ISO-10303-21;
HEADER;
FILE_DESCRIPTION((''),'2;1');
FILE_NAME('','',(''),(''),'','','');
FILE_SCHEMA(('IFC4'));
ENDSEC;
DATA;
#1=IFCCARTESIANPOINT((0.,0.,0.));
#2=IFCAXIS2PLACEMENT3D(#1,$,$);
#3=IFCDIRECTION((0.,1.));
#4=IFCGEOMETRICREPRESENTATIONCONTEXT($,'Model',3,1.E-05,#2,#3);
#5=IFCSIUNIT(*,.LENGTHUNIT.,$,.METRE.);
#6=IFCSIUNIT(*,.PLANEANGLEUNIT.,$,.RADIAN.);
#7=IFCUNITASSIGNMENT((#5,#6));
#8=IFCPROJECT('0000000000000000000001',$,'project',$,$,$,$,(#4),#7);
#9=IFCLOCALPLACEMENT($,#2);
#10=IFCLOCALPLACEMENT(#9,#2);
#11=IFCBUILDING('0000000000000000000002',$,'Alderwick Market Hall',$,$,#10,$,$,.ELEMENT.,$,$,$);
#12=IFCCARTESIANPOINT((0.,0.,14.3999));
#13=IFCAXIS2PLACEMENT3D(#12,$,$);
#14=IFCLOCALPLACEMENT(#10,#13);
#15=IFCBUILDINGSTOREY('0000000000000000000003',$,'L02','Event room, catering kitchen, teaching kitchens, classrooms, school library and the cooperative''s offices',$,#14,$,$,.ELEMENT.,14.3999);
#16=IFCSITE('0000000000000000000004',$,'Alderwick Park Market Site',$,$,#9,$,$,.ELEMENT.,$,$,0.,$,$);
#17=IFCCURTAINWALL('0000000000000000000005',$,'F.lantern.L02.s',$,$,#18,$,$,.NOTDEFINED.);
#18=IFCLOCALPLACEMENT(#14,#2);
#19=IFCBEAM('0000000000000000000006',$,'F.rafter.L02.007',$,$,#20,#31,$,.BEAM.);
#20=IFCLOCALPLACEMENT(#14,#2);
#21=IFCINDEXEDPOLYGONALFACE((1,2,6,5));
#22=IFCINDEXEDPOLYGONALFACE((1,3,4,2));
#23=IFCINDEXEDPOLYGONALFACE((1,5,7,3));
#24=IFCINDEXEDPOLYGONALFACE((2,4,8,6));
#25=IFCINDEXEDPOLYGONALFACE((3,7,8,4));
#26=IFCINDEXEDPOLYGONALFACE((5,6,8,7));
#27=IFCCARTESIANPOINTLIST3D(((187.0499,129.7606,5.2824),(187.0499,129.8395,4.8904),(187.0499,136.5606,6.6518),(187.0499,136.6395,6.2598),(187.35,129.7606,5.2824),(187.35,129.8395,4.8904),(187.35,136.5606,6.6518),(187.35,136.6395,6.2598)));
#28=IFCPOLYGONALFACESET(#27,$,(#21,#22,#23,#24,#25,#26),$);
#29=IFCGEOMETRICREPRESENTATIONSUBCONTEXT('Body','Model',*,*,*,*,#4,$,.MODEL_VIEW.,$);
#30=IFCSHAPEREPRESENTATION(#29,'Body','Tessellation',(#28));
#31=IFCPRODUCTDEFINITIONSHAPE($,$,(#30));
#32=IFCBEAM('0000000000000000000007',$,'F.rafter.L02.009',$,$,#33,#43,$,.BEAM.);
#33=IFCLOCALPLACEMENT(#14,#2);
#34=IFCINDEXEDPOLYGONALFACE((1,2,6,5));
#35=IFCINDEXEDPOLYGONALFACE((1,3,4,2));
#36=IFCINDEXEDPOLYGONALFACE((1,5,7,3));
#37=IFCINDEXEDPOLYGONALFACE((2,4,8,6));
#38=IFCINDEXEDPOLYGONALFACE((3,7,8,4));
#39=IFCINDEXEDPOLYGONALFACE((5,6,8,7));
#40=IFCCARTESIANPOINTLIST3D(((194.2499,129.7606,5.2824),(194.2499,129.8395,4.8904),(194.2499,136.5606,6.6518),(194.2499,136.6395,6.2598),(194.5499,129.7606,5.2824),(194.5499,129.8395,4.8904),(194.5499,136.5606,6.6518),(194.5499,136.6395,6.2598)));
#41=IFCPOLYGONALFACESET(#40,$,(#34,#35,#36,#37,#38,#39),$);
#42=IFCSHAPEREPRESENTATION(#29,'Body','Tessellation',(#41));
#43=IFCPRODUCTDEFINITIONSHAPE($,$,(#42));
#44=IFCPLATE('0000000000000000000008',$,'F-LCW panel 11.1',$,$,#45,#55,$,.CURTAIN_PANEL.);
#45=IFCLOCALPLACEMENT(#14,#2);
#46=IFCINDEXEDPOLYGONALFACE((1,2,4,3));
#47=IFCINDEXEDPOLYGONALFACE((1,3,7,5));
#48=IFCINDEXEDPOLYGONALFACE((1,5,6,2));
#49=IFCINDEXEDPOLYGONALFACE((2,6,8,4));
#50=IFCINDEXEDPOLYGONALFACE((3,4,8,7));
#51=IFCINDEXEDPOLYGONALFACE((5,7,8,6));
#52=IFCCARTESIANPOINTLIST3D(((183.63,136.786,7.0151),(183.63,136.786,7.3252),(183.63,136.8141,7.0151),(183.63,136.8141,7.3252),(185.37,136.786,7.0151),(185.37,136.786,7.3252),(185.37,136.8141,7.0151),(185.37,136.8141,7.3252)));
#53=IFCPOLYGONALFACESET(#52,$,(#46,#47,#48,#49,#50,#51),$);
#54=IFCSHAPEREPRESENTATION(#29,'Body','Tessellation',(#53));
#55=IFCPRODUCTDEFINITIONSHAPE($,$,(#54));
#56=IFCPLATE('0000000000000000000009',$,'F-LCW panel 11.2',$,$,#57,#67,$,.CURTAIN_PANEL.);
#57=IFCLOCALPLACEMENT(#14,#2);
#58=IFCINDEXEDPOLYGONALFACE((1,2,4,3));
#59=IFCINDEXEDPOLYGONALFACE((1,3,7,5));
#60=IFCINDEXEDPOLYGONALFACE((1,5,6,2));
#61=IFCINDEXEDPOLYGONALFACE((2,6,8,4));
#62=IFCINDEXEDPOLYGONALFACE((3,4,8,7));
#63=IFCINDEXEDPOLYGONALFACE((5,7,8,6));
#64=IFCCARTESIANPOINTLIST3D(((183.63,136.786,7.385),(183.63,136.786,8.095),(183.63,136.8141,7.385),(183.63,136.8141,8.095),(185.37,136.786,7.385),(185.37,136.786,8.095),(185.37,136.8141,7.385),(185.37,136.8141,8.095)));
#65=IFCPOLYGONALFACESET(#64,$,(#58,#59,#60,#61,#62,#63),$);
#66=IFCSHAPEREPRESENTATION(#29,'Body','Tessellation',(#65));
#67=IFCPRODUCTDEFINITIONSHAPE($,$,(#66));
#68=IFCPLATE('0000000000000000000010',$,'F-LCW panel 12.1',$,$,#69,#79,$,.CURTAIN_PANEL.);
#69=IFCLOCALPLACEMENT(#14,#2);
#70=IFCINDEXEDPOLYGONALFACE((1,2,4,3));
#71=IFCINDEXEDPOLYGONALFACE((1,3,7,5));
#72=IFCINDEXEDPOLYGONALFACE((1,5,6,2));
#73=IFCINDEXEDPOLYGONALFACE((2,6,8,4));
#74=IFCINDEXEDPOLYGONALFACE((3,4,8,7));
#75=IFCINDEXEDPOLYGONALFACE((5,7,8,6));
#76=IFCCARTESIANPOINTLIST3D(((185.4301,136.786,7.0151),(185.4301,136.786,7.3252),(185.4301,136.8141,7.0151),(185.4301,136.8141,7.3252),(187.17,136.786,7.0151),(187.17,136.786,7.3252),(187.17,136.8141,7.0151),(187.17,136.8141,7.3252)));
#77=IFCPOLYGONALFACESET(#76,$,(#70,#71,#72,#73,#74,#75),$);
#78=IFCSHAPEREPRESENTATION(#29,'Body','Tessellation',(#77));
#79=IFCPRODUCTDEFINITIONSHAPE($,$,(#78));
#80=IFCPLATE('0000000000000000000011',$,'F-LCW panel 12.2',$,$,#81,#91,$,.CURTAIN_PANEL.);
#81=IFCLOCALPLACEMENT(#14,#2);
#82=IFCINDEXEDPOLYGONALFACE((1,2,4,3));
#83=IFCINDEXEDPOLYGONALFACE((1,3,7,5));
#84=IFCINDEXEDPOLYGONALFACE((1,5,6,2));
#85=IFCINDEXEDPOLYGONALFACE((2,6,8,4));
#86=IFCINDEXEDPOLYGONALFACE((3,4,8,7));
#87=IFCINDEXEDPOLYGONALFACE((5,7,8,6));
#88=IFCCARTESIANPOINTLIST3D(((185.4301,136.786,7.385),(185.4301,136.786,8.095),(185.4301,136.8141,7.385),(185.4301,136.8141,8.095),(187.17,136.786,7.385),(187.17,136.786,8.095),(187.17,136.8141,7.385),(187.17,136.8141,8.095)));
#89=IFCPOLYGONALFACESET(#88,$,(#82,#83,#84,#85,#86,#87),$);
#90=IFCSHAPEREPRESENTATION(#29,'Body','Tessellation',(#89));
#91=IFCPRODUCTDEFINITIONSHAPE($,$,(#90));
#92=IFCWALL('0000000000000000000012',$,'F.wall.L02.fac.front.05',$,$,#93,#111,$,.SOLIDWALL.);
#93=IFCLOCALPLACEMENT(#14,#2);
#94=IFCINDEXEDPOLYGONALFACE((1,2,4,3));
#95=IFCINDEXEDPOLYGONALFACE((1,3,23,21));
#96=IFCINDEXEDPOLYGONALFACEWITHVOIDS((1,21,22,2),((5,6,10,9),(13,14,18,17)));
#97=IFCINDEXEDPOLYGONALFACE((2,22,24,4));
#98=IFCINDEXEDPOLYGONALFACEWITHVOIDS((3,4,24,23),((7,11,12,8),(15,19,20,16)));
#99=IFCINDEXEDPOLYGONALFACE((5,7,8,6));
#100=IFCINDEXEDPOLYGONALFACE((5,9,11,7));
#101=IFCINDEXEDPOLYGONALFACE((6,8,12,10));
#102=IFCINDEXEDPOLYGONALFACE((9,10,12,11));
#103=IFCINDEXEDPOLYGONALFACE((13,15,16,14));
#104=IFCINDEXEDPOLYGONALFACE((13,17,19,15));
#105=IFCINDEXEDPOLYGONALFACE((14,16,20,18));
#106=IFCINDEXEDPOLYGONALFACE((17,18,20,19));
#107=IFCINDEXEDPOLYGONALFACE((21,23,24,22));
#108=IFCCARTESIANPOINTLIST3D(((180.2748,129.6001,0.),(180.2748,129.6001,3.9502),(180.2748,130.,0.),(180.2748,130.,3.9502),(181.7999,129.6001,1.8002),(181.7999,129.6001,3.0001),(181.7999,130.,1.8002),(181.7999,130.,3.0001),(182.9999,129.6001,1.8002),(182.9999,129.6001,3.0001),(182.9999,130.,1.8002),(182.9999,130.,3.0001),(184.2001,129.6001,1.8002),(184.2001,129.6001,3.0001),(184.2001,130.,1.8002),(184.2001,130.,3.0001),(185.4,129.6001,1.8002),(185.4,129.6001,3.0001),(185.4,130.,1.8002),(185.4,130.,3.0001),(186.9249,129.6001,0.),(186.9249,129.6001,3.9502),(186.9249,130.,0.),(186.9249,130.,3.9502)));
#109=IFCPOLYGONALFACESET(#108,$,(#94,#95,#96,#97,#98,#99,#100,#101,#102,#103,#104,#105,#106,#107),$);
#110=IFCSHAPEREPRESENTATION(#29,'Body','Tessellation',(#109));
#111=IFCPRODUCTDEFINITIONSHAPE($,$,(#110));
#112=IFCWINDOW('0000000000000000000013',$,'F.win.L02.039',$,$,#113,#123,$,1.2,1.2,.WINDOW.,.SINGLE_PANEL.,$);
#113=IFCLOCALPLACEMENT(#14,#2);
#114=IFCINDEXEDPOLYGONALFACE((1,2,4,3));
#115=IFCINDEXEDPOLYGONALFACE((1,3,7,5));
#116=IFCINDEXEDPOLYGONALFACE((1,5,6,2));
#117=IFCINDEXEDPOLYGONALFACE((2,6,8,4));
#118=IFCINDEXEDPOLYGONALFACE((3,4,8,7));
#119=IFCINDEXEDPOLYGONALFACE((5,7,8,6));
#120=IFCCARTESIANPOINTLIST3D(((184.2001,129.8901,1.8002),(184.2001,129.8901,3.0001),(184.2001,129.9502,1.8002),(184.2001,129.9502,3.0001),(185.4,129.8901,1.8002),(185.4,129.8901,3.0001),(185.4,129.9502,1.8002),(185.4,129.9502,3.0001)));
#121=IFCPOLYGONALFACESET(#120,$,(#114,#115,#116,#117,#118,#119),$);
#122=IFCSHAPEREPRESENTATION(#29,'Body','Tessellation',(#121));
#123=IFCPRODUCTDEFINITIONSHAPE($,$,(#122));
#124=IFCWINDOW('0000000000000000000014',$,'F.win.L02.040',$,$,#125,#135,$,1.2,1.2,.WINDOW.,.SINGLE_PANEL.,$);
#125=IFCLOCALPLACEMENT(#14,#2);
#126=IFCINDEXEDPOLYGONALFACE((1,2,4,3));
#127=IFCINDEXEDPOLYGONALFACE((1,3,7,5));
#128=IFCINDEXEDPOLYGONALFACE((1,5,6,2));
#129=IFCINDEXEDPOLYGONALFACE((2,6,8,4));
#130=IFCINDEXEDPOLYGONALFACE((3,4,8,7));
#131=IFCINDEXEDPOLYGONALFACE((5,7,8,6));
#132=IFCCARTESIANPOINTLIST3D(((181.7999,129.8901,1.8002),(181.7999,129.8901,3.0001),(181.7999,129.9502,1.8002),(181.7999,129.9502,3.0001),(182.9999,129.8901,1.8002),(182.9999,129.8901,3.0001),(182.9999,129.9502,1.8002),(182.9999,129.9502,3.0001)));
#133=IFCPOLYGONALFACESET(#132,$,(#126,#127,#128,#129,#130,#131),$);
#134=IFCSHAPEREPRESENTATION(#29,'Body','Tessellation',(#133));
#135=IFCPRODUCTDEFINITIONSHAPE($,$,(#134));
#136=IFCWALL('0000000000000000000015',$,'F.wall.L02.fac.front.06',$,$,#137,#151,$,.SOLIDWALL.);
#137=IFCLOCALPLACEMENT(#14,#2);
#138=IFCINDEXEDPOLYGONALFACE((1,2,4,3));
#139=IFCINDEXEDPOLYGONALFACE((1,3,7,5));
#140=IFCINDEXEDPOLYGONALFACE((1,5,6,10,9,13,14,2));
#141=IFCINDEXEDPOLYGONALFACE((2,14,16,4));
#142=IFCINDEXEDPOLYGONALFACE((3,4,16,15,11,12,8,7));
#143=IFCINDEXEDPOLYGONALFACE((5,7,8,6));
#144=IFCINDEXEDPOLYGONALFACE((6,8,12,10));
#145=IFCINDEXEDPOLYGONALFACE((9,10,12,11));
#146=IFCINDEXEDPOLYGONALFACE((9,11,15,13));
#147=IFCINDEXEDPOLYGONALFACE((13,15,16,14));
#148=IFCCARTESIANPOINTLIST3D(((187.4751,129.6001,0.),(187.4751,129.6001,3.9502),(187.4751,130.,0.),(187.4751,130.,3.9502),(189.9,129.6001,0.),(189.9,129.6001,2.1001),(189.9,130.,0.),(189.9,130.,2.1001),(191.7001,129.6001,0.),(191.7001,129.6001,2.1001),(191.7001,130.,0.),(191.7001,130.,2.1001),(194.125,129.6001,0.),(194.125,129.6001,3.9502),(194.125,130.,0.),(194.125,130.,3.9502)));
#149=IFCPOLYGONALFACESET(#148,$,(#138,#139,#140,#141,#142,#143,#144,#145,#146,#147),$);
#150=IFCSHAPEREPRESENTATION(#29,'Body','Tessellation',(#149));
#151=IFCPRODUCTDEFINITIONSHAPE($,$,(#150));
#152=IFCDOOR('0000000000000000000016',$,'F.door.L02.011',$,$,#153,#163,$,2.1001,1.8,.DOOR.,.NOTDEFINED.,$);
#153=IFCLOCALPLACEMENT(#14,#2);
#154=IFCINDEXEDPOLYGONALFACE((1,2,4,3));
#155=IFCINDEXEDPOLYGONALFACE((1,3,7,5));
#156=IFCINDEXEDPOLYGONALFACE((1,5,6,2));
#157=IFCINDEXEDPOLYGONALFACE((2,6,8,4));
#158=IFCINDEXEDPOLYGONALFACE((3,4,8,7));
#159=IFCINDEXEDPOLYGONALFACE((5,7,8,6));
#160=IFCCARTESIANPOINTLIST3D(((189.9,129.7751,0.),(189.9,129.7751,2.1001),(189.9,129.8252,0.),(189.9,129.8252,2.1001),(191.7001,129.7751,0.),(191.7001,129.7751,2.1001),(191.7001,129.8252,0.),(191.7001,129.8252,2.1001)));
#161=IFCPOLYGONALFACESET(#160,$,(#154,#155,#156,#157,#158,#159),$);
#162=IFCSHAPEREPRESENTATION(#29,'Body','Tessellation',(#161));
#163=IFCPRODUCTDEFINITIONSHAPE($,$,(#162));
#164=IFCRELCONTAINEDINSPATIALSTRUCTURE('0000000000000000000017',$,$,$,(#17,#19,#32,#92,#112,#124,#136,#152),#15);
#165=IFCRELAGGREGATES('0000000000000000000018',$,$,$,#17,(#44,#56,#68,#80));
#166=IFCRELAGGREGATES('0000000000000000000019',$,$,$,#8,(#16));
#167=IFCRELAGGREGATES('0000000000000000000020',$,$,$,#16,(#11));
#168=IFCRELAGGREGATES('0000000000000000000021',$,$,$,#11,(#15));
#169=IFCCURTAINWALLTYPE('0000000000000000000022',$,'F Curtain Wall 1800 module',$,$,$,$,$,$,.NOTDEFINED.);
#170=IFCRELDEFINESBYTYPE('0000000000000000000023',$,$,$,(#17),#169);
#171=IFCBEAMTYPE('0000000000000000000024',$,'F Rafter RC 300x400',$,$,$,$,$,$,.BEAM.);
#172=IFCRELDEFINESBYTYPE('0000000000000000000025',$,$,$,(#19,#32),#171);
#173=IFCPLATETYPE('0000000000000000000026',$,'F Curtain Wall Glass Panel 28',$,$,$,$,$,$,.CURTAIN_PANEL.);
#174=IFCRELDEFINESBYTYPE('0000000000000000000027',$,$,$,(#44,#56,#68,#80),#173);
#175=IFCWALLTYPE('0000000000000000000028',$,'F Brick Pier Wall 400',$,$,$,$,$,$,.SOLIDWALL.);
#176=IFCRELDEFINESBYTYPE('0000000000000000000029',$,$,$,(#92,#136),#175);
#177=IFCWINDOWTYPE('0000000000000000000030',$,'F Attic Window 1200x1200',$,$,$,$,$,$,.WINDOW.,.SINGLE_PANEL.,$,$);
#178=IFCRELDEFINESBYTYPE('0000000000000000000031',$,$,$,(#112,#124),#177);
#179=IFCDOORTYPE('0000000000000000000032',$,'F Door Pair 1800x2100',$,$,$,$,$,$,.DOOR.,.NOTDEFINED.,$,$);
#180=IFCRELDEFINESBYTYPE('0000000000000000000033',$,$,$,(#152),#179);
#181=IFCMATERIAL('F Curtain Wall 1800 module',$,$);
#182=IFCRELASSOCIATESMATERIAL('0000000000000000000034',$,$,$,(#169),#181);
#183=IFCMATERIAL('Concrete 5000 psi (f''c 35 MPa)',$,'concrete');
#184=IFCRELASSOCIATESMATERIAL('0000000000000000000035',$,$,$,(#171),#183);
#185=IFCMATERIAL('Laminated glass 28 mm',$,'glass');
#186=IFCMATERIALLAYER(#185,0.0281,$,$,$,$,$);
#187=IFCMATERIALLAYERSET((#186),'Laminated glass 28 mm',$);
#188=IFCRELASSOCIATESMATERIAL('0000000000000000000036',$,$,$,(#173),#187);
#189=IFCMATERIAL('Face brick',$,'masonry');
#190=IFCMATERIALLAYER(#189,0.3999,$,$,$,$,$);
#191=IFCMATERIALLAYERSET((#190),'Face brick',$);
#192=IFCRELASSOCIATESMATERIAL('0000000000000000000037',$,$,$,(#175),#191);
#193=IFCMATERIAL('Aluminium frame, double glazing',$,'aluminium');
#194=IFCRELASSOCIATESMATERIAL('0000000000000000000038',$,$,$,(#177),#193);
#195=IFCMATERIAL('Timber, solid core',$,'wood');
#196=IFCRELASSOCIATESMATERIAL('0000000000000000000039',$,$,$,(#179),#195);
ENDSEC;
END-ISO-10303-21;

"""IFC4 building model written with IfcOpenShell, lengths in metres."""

from ifc_helpers import new_model, si_unit, direction, frame, frame_2d, origin, origin_2d, place, context, subcontext, project, spatial, rectangle, extrude, material, layer, layer_set, material_profile, profile_set, type_object, element, fill, aggregate, save


model = new_model("IFC4")

# Units and contexts
model_context = context("Model", 3, precision=1e-05, world=origin(), true_north=direction((0.0, 1.0)))
body_context = subcontext(model_context, "Body", "Model", "MODEL_VIEW")
ifc_project = project(units=[si_unit("LENGTHUNIT", "METRE"), si_unit("PLANEANGLEUNIT", "RADIAN")], contexts=[model_context])

# Site, building, storey
site_placement = place(None, origin())
site = spatial("IfcSite", under=ifc_project, at=site_placement, Name="Alderwick Park Market Site", CompositionType="ELEMENT", RefElevation=0.0)
building_placement = place(site_placement, origin())
building = spatial("IfcBuilding", under=site, at=building_placement, Name="Alderwick Market Hall", CompositionType="ELEMENT")
storey_placement = place(building_placement, frame((0.0, 0.0, 14.3999)))
storey = spatial("IfcBuildingStorey", under=building, at=storey_placement, Name="L02", Description="Event room, catering kitchen, teaching kitchens, classrooms, school library and the cooperative's offices", CompositionType="ELEMENT", Elevation=14.3999)

# Shared definitions
ifc_material_1 = material(Name="Concrete 5000 psi (f'c 35 MPa)", Category="concrete")

# Curtain wall
ifc_material_2 = material(Name="F Curtain Wall 1800 module")
curtain_wall_type = type_object("IfcCurtainWallType", Name="F Curtain Wall 1800 module", PredefinedType="NOTDEFINED", material=ifc_material_2)
curtain_wall_1_placement = place(storey_placement, origin())
curtain_wall_1 = element("IfcCurtainWall", 1, at=curtain_wall_1_placement, inside=storey, type_object=curtain_wall_type, Name="F.lantern.L02.s", PredefinedType="NOTDEFINED")

# Beams
ifc_material_profile_1 = material_profile(ifc_material_1, rectangle(XDim=0.3, YDim=0.3999, at=origin_2d()), Name="RC 300x400")
ifc_profile_set_1 = profile_set([ifc_material_profile_1], Name="Concrete 5000 psi (f'c 35 MPa)")
beam_type_1 = type_object("IfcBeamType", Name="F Rafter RC 300x400", PredefinedType="BEAM", material=ifc_profile_set_1)
for number, where, z_axis, x_axis, name in (
    (2, (187.2, 129.8, 5.0864), (0.0, 0.98032, 0.197416), (-1.0, 0.0, 0.0), "F.rafter.L02.007"),
    (3, (194.3999, 129.8, 5.0864), (0.0, 0.98032, 0.197416), (-1.0, 0.0, 0.0), "F.rafter.L02.009"),
):
    element("IfcBeam", number, at=place(storey_placement, frame(where, z_axis=z_axis, x_axis=x_axis)), inside=storey, type_object=beam_type_1, Name=name, PredefinedType="BEAM", context=body_context, shape_type="SweptSolid", body=[
        extrude(rectangle(XDim=0.3, YDim=0.3999, at=origin_2d()), origin(), (0.0, 0.0, 1.0), 6.9365),
    ])

# Plates
ifc_material_3 = material(Name="Laminated glass 28 mm", Category="glass")
ifc_layer_1 = layer(ifc_material_3, 0.0281)
ifc_layer_set_1 = layer_set([ifc_layer_1], Name="Laminated glass 28 mm")
plate_type = type_object("IfcPlateType", Name="F Curtain Wall Glass Panel 28", PredefinedType="CURTAIN_PANEL", material=ifc_layer_set_1)
plate_1_placement = place(storey_placement, frame((184.5, 136.8, 7.0151), z_axis=(0.0, 0.0, 1.0), x_axis=(1.0, 0.0, 0.0)))
plate_1 = element("IfcPlate", 4, at=plate_1_placement, type_object=plate_type, Name="F-LCW panel 11.1", PredefinedType="CURTAIN_PANEL", context=body_context, shape_type="SweptSolid", body=[
    extrude(rectangle(XDim=1.74, YDim=0.0281, at=origin_2d()), origin(), (0.0, 0.0, 1.0), 0.3101),
])
plate_2_placement = place(storey_placement, frame((184.5, 136.8, 7.385), z_axis=(0.0, 0.0, 1.0), x_axis=(1.0, 0.0, 0.0)))
plate_2 = element("IfcPlate", 5, at=plate_2_placement, type_object=plate_type, Name="F-LCW panel 11.2", PredefinedType="CURTAIN_PANEL", context=body_context, shape_type="SweptSolid", body=[
    extrude(rectangle(XDim=1.74, YDim=0.0281, at=origin_2d()), origin(), (0.0, 0.0, 1.0), 0.71),
])
plate_3_placement = place(storey_placement, frame((186.3, 136.8, 7.0151), z_axis=(0.0, 0.0, 1.0), x_axis=(1.0, 0.0, 0.0)))
plate_3 = element("IfcPlate", 6, at=plate_3_placement, type_object=plate_type, Name="F-LCW panel 12.1", PredefinedType="CURTAIN_PANEL", context=body_context, shape_type="SweptSolid", body=[
    extrude(rectangle(XDim=1.74, YDim=0.0281, at=origin_2d()), origin(), (0.0, 0.0, 1.0), 0.3101),
])
plate_4_placement = place(storey_placement, frame((186.3, 136.8, 7.385), z_axis=(0.0, 0.0, 1.0), x_axis=(1.0, 0.0, 0.0)))
plate_4 = element("IfcPlate", 7, at=plate_4_placement, type_object=plate_type, Name="F-LCW panel 12.2", PredefinedType="CURTAIN_PANEL", context=body_context, shape_type="SweptSolid", body=[
    extrude(rectangle(XDim=1.74, YDim=0.0281, at=origin_2d()), origin(), (0.0, 0.0, 1.0), 0.71),
])
aggregate(curtain_wall_1, [plate_1, plate_2, plate_3, plate_4])

# Wall, openings, windows
ifc_material_4 = material(Name="Face brick", Category="masonry")
ifc_layer_2 = layer(ifc_material_4, 0.3999)
ifc_layer_set_2 = layer_set([ifc_layer_2], Name="Face brick")
wall_type_1 = type_object("IfcWallType", Name="F Brick Pier Wall 400", PredefinedType="SOLIDWALL", material=ifc_layer_set_2)
wall_1_placement = place(storey_placement, frame((186.925, 129.8, 0.0), z_axis=(0.0, 0.0, 1.0), x_axis=(-1.0, 0.0, 0.0)))
wall_1 = element("IfcWall", 8, at=wall_1_placement, inside=storey, type_object=wall_type_1, Name="F.wall.L02.fac.front.05", PredefinedType="SOLIDWALL", context=body_context, shape_type="SweptSolid", body=[
    extrude(rectangle(XDim=6.6501, YDim=0.3999, at=frame_2d((3.3252, 0.0))), origin(), (0.0, 0.0, 1.0), 3.9502),
])
opening_1_placement = place(wall_1_placement, frame((1.5249, 0.0, 1.8)))
opening_1 = element("IfcOpeningElement", 9, at=opening_1_placement, cuts=wall_1, PredefinedType="OPENING", context=body_context, shape_type="SweptSolid", body=[
    extrude(rectangle(XDim=1.2, YDim=1.2, at=frame_2d((0.6001, 0.6001))), frame((0.0, 0.21, 0.0), z_axis=(0.0, -1.0, 0.0), x_axis=(1.0, 0.0, 0.0)), (0.0, 0.0, 1.0), 0.4199),
])
opening_2_placement = place(wall_1_placement, frame((3.925, 0.0, 1.8)))
opening_2 = element("IfcOpeningElement", 10, at=opening_2_placement, cuts=wall_1, PredefinedType="OPENING", context=body_context, shape_type="SweptSolid", body=[
    extrude(rectangle(XDim=1.2, YDim=1.2, at=frame_2d((0.6001, 0.6001))), frame((0.0, 0.21, 0.0), z_axis=(0.0, -1.0, 0.0), x_axis=(1.0, 0.0, 0.0)), (0.0, 0.0, 1.0), 0.4199),
])
ifc_material_5 = material(Name="Aluminium frame, double glazing", Category="aluminium")
window_type = type_object("IfcWindowType", Name="F Attic Window 1200x1200", PartitioningType="SINGLE_PANEL", PredefinedType="WINDOW", material=ifc_material_5)
window_1_placement = place(opening_1_placement, origin())
window_1 = element("IfcWindow", 11, at=window_1_placement, inside=storey, type_object=window_type, Name="F.win.L02.039", OverallHeight=1.2, OverallWidth=1.2, PartitioningType="SINGLE_PANEL", PredefinedType="WINDOW", context=body_context, shape_type="SweptSolid", body=[
    extrude(rectangle(XDim=1.2, YDim=1.2, at=frame_2d((0.6001, 0.6001))), frame((0.0, -0.0901, 0.0), z_axis=(0.0, -1.0, 0.0), x_axis=(1.0, 0.0, 0.0)), (0.0, 0.0, 1.0), 0.0601),
])
fill(opening_1, window_1)
window_2_placement = place(opening_2_placement, origin())
window_2 = element("IfcWindow", 12, at=window_2_placement, inside=storey, type_object=window_type, Name="F.win.L02.040", OverallHeight=1.2, OverallWidth=1.2, PartitioningType="SINGLE_PANEL", PredefinedType="WINDOW", context=body_context, shape_type="SweptSolid", body=[
    extrude(rectangle(XDim=1.2, YDim=1.2, at=frame_2d((0.6001, 0.6001))), frame((0.0, -0.0901, 0.0), z_axis=(0.0, -1.0, 0.0), x_axis=(1.0, 0.0, 0.0)), (0.0, 0.0, 1.0), 0.0601),
])
fill(opening_2, window_2)

# Wall, opening, door
wall_2_placement = place(storey_placement, frame((194.125, 129.8, 0.0), z_axis=(0.0, 0.0, 1.0), x_axis=(-1.0, 0.0, 0.0)))
wall_2 = element("IfcWall", 13, at=wall_2_placement, inside=storey, type_object=wall_type_1, Name="F.wall.L02.fac.front.06", PredefinedType="SOLIDWALL", context=body_context, shape_type="SweptSolid", body=[
    extrude(rectangle(XDim=6.6499, YDim=0.3999, at=frame_2d((3.325, 0.0))), origin(), (0.0, 0.0, 1.0), 3.9502),
])
opening_3_placement = place(wall_2_placement, frame((2.425, 0.0, 0.0)))
opening_3 = element("IfcOpeningElement", 14, at=opening_3_placement, cuts=wall_2, PredefinedType="OPENING", context=body_context, shape_type="SweptSolid", body=[
    extrude(rectangle(XDim=1.8, YDim=2.1001, at=frame_2d((0.8999, 1.05))), frame((0.0, 0.21, 0.0), z_axis=(0.0, -1.0, 0.0), x_axis=(1.0, 0.0, 0.0)), (0.0, 0.0, 1.0), 0.4199),
])
ifc_material_6 = material(Name="Timber, solid core", Category="wood")
door_type = type_object("IfcDoorType", Name="F Door Pair 1800x2100", OperationType="NOTDEFINED", PredefinedType="DOOR", material=ifc_material_6)
door_placement = place(opening_3_placement, origin())
door = element("IfcDoor", 15, at=door_placement, inside=storey, type_object=door_type, Name="F.door.L02.011", OperationType="NOTDEFINED", OverallHeight=2.1001, OverallWidth=1.8, PredefinedType="DOOR", context=body_context, shape_type="SweptSolid", body=[
    extrude(rectangle(XDim=1.8, YDim=2.1001, at=frame_2d((0.8999, 1.05))), frame((0.0, 0.0249, 0.0), z_axis=(0.0, -1.0, 0.0), x_axis=(1.0, 0.0, 0.0)), (0.0, 0.0, 1.0), 0.05),
])
fill(opening_3, door)

save(model, "model.ifc")
